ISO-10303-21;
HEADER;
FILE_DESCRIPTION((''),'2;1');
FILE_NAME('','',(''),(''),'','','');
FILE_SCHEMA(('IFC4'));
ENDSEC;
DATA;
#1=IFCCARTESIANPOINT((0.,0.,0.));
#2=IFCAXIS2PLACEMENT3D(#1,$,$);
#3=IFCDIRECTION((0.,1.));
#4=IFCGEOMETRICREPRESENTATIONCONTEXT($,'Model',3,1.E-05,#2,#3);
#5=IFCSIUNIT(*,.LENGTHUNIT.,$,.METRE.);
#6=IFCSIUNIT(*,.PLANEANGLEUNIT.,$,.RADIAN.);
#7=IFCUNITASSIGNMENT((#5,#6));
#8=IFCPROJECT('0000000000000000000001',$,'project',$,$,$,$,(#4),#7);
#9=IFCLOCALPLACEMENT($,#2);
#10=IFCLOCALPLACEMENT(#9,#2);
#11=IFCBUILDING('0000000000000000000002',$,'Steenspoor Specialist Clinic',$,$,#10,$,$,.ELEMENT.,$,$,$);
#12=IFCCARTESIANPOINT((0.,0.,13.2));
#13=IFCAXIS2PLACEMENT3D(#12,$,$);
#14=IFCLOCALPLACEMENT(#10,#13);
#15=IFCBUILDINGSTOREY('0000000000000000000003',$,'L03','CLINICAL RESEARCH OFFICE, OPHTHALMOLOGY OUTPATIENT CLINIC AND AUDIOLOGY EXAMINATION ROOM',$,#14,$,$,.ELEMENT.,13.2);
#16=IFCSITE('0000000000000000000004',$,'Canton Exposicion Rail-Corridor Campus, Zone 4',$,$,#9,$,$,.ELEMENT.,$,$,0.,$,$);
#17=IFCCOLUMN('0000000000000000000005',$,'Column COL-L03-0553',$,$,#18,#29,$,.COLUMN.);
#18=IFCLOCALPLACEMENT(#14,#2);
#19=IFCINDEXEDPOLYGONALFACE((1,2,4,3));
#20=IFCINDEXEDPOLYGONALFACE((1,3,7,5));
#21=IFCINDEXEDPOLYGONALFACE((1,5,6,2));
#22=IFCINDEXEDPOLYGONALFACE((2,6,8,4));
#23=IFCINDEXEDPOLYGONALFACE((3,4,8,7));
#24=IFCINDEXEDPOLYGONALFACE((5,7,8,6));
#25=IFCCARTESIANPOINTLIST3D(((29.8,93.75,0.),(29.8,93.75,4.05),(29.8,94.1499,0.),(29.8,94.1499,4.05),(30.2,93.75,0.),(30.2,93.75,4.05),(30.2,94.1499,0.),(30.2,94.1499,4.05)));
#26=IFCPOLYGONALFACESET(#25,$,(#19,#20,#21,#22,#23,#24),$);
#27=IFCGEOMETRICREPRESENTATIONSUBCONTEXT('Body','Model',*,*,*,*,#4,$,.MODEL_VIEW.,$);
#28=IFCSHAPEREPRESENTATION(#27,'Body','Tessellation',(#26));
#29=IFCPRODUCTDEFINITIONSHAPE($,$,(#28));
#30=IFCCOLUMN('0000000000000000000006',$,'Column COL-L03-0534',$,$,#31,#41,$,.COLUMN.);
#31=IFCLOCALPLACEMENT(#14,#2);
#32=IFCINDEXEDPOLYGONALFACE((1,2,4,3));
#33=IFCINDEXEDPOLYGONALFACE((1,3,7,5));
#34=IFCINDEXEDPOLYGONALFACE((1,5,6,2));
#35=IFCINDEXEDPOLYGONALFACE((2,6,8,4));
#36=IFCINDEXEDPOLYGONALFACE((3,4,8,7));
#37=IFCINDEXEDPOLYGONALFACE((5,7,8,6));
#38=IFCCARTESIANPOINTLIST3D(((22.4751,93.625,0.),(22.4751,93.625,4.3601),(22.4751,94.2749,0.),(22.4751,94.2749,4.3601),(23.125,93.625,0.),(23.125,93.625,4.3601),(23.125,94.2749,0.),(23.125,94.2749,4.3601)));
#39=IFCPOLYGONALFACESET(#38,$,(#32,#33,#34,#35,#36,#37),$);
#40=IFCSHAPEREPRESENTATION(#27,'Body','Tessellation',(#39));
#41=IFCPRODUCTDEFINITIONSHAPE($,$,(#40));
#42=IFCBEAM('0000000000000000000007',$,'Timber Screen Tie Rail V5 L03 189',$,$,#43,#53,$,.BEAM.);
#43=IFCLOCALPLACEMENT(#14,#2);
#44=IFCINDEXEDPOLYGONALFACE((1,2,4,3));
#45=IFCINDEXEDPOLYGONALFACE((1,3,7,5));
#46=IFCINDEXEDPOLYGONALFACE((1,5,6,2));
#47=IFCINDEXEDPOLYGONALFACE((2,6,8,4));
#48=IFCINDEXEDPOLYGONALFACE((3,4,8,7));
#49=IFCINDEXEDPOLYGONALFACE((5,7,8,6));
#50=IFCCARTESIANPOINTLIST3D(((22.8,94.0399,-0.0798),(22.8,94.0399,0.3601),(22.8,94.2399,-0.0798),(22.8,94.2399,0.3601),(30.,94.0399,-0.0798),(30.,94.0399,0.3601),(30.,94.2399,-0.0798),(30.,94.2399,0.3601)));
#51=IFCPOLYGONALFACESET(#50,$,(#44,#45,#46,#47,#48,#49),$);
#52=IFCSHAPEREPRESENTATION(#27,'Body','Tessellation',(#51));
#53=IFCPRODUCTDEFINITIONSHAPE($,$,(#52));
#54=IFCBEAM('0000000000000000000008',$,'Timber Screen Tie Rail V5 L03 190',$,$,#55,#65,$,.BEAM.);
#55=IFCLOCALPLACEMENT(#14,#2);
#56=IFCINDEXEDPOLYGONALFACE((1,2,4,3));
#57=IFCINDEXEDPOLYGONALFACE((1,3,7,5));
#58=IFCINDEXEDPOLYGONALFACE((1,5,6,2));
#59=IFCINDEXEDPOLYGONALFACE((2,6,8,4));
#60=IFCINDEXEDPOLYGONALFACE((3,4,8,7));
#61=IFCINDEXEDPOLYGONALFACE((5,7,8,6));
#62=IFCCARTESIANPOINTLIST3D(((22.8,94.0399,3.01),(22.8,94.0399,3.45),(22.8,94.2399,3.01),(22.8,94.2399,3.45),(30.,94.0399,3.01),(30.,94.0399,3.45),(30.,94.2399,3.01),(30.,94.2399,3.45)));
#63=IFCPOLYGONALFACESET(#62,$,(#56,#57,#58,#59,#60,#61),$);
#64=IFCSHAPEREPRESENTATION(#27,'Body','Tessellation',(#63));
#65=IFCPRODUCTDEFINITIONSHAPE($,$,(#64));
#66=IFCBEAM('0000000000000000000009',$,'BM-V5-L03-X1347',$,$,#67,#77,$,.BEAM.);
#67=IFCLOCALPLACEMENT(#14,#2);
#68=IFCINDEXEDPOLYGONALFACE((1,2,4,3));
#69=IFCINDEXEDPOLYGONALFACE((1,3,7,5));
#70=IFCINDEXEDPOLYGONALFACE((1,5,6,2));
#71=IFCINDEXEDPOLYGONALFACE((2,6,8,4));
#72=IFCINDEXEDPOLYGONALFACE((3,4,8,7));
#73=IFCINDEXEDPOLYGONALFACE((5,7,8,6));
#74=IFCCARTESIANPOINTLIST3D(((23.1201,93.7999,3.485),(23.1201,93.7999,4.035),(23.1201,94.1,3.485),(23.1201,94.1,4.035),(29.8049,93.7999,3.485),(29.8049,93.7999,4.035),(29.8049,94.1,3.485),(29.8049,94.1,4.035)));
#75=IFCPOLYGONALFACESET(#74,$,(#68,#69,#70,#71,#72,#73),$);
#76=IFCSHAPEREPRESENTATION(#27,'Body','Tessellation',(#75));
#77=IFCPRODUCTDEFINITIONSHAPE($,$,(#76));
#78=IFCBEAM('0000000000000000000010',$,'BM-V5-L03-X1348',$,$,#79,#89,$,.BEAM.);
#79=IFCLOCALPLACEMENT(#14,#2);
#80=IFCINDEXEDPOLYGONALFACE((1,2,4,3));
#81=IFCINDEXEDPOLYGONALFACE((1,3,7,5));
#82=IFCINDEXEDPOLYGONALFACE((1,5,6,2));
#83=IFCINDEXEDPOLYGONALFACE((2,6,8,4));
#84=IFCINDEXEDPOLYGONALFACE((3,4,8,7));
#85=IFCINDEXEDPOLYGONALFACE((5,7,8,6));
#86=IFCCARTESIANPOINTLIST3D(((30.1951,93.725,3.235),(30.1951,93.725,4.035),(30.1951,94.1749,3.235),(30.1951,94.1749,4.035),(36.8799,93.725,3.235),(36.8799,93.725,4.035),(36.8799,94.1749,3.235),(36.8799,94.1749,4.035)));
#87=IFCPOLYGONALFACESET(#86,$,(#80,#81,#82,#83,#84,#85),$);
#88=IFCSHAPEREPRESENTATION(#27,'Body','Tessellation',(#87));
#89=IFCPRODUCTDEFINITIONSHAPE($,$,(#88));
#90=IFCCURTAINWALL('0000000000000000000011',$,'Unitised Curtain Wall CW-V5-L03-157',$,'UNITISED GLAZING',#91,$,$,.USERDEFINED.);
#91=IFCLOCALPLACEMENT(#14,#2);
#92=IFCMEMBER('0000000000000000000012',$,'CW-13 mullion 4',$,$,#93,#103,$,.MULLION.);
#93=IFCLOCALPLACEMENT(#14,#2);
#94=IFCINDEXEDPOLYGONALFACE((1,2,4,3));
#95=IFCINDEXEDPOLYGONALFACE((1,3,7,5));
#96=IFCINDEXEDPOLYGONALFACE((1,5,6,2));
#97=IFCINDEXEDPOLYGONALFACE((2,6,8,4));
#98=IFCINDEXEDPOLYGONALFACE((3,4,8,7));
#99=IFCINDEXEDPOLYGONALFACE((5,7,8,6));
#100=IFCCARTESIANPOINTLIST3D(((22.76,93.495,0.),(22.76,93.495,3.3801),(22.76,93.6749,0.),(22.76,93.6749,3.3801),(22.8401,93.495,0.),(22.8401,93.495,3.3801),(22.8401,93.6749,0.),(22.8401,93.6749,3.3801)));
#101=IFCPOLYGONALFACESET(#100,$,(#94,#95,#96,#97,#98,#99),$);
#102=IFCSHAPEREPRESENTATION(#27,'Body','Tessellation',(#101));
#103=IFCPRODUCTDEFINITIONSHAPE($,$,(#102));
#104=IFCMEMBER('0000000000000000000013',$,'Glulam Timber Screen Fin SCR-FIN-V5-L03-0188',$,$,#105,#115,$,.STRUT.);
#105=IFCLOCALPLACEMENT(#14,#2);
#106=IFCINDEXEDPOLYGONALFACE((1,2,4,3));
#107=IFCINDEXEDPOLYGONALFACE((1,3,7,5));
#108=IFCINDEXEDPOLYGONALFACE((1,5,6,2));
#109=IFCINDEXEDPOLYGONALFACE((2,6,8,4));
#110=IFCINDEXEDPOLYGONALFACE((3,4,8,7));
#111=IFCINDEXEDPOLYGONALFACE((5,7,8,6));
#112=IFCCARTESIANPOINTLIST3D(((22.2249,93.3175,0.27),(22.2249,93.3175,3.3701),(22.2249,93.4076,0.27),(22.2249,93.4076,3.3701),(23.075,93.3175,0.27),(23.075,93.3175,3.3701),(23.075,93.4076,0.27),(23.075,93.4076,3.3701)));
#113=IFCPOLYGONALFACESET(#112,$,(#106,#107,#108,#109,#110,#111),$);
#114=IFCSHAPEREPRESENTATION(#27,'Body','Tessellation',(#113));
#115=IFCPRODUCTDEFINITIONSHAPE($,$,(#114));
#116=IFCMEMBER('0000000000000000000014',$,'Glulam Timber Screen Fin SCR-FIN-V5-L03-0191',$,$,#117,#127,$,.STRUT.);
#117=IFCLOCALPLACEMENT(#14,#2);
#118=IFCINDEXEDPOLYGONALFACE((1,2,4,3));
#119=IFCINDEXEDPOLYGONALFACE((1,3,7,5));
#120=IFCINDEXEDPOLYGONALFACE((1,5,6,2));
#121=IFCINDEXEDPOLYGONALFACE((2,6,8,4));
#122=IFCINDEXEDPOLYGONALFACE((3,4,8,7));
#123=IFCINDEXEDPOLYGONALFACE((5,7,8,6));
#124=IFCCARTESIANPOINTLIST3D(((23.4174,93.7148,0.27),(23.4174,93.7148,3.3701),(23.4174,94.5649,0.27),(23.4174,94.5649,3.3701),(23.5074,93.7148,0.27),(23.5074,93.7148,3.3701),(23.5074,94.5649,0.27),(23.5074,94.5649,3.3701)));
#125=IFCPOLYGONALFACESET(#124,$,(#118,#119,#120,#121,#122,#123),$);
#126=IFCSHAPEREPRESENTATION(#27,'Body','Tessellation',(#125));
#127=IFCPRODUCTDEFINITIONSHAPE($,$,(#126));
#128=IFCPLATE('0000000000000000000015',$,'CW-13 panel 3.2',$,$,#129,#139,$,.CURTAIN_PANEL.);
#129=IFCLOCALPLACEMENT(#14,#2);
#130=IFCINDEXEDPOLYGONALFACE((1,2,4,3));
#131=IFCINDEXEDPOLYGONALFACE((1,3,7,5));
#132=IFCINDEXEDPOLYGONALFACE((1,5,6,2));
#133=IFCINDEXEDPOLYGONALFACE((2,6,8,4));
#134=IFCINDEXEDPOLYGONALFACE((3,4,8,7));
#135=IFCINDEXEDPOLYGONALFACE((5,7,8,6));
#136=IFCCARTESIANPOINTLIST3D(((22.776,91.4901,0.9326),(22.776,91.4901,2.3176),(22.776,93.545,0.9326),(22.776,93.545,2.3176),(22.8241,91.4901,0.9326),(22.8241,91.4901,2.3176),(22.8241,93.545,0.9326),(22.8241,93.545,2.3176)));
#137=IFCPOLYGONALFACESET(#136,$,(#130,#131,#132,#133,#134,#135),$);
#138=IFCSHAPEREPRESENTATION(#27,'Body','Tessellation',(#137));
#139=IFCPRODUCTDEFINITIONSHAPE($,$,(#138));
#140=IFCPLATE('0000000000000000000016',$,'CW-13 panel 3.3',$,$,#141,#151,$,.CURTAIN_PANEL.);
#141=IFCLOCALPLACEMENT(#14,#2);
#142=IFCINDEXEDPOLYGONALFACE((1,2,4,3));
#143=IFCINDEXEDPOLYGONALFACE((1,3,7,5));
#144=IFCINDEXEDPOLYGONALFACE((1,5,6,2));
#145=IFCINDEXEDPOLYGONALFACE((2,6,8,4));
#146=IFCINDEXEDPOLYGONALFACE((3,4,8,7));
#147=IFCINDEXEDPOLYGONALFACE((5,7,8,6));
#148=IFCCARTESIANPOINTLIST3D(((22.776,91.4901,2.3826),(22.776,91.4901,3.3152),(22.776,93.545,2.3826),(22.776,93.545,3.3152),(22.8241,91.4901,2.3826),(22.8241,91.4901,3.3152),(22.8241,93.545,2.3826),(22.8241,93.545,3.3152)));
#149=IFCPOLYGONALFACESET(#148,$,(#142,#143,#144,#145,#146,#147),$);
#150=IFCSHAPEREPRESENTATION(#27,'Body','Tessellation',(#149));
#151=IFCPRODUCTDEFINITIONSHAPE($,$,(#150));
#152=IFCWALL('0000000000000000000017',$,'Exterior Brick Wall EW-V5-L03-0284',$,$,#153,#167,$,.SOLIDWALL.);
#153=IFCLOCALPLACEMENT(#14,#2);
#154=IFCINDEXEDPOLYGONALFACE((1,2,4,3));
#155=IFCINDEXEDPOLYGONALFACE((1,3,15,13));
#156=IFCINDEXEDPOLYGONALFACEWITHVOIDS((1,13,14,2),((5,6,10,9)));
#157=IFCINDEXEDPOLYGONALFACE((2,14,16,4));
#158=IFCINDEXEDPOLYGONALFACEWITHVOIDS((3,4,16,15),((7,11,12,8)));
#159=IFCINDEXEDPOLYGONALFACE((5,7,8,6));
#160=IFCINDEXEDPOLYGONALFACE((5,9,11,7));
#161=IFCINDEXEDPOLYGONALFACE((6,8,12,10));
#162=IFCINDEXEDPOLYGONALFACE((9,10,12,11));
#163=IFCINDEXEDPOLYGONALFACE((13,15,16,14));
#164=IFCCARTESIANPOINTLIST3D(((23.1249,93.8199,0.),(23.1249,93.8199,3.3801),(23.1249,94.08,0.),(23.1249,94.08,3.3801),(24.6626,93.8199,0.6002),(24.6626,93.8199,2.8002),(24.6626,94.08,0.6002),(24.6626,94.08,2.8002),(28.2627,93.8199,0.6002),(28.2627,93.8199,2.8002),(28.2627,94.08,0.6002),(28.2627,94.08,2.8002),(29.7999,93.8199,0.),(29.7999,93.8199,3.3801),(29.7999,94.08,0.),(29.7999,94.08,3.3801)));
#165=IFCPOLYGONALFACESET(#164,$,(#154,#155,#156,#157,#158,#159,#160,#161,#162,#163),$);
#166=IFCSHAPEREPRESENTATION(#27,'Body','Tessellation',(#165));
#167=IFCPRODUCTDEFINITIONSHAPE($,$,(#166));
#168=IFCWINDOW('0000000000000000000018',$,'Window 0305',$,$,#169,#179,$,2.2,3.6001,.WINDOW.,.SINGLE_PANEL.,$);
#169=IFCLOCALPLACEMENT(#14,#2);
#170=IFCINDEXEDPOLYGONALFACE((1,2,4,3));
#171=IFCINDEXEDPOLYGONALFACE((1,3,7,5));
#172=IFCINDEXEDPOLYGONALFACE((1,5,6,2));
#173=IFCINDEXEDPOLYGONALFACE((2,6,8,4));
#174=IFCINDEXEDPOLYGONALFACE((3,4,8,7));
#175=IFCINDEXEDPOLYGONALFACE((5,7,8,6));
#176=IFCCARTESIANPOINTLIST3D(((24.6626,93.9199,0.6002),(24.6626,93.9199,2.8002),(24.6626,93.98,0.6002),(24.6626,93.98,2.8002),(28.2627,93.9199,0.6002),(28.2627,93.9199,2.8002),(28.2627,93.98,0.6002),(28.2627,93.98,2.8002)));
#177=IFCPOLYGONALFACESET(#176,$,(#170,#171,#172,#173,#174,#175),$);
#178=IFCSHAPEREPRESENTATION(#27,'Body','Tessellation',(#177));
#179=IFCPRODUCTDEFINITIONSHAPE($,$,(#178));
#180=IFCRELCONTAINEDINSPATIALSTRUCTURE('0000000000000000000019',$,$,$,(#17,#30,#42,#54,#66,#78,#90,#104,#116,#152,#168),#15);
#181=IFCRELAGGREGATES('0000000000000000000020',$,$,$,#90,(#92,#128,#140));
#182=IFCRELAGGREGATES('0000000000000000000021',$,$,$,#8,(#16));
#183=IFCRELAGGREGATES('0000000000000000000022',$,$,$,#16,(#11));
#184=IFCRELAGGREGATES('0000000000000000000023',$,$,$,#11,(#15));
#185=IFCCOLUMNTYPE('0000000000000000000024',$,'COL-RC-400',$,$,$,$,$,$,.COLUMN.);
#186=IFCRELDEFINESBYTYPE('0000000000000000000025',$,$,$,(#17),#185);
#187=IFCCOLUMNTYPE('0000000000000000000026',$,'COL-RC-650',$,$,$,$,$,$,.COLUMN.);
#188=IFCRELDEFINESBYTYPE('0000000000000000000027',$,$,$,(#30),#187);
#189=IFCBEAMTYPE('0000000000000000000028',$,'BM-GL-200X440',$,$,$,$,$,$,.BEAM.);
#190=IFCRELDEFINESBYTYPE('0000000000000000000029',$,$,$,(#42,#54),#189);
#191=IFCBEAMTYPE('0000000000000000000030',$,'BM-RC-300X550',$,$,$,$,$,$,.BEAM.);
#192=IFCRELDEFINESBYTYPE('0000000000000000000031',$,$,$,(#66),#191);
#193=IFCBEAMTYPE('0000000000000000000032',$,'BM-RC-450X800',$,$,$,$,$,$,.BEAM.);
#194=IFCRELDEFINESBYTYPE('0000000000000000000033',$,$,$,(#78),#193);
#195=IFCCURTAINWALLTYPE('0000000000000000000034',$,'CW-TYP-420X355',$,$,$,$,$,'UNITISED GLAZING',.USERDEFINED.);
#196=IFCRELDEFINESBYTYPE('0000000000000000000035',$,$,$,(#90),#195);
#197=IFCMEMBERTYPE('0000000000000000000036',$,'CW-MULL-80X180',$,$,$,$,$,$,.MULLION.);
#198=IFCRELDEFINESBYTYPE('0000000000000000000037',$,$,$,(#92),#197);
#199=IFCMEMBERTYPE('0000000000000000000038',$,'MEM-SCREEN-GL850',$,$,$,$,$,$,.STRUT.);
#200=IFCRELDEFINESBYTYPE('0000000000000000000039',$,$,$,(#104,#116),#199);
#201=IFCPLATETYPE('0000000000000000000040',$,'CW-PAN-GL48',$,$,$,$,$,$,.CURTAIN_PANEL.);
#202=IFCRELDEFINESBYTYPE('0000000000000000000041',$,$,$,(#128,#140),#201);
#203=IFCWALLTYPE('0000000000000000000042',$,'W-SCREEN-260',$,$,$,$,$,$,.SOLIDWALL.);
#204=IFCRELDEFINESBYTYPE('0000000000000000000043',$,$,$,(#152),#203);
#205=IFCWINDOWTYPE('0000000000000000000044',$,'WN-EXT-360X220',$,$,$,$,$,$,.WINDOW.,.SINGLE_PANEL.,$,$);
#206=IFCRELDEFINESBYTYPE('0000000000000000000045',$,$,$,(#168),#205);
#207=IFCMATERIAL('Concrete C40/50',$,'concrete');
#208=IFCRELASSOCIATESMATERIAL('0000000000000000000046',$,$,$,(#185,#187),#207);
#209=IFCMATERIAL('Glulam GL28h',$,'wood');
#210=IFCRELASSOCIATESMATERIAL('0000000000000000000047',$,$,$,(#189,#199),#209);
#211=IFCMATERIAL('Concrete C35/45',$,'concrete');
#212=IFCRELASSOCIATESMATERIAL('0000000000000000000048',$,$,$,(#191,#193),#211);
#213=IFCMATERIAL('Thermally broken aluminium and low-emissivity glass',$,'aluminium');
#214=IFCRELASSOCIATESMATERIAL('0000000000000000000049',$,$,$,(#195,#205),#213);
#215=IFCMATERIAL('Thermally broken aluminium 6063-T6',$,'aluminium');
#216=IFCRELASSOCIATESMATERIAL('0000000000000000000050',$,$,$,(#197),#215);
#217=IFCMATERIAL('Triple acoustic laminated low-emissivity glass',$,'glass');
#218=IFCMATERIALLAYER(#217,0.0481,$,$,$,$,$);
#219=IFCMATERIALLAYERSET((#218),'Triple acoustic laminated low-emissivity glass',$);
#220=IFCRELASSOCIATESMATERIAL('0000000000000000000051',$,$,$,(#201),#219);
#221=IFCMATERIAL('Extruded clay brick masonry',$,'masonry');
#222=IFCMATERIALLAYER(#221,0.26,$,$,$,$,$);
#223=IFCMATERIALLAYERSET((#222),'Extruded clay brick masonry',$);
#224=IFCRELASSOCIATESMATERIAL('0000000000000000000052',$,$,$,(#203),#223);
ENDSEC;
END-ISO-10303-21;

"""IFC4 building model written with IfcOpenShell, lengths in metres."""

from ifc_helpers import new_model, si_unit, direction, frame, frame_2d, origin, origin_2d, place, context, subcontext, project, spatial, rectangle, extrude, material, layer, layer_set, material_profile, profile_set, type_object, element, fill, aggregate, save


model = new_model("IFC4")

# Units and contexts
model_context = context("Model", 3, precision=1e-05, world=origin(), true_north=direction((0.0, 1.0)))
body_context = subcontext(model_context, "Body", "Model", "MODEL_VIEW")
ifc_project = project(units=[si_unit("LENGTHUNIT", "METRE"), si_unit("PLANEANGLEUNIT", "RADIAN")], contexts=[model_context])

# Site, building, storey
site_placement = place(None, origin())
site = spatial("IfcSite", under=ifc_project, at=site_placement, Name="Canton Exposicion Rail-Corridor Campus, Zone 4", CompositionType="ELEMENT", RefElevation=0.0)
building_placement = place(site_placement, origin())
building = spatial("IfcBuilding", under=site, at=building_placement, Name="Steenspoor Specialist Clinic", CompositionType="ELEMENT")
storey_placement = place(building_placement, frame((0.0, 0.0, 13.2)))
storey = spatial("IfcBuildingStorey", under=building, at=storey_placement, Name="L03", Description="CLINICAL RESEARCH OFFICE, OPHTHALMOLOGY OUTPATIENT CLINIC AND AUDIOLOGY EXAMINATION ROOM", CompositionType="ELEMENT", Elevation=13.2)

# Columns
ifc_material_1 = material(Name="Concrete C40/50", Category="concrete")
ifc_material_profile_1 = material_profile(ifc_material_1, rectangle(XDim=0.3999, YDim=0.3999, at=origin_2d()), Name="RC-COL-400X400")
ifc_profile_set_1 = profile_set([ifc_material_profile_1], Name="Concrete C40/50")
column_type_1 = type_object("IfcColumnType", Name="COL-RC-400", PredefinedType="COLUMN", material=ifc_profile_set_1)
column_1_placement = place(storey_placement, frame((30.0, 93.95, 0.0), z_axis=(0.0, 0.0, 1.0), x_axis=(1.0, 0.0, 0.0)))
element("IfcColumn", 1, at=column_1_placement, inside=storey, type_object=column_type_1, Name="Column COL-L03-0553", PredefinedType="COLUMN", context=body_context, shape_type="SweptSolid", body=[
    extrude(rectangle(XDim=0.3999, YDim=0.3999, at=origin_2d()), origin(), (0.0, 0.0, 1.0), 4.05),
])
ifc_material_profile_2 = material_profile(ifc_material_1, rectangle(XDim=0.6499, YDim=0.6499, at=origin_2d()), Name="RC-COL-650X650")
ifc_profile_set_2 = profile_set([ifc_material_profile_2], Name="Concrete C40/50")
column_type_2 = type_object("IfcColumnType", Name="COL-RC-650", PredefinedType="COLUMN", material=ifc_profile_set_2)
column_2_placement = place(storey_placement, frame((22.8, 93.95, 0.0), z_axis=(0.0, 0.0, 1.0), x_axis=(1.0, 0.0, 0.0)))
element("IfcColumn", 2, at=column_2_placement, inside=storey, type_object=column_type_2, Name="Column COL-L03-0534", PredefinedType="COLUMN", context=body_context, shape_type="SweptSolid", body=[
    extrude(rectangle(XDim=0.6499, YDim=0.6499, at=origin_2d()), origin(), (0.0, 0.0, 1.0), 4.3601),
])

# Beams
ifc_material_2 = material(Name="Glulam GL28h", Category="wood")
ifc_material_profile_3 = material_profile(ifc_material_2, rectangle(XDim=0.2, YDim=0.4399, at=origin_2d()), Name="GL28H-200X440")
ifc_profile_set_3 = profile_set([ifc_material_profile_3], Name="Glulam GL28h")
beam_type_1 = type_object("IfcBeamType", Name="BM-GL-200X440", PredefinedType="BEAM", material=ifc_profile_set_3)
for number, where, z_axis, x_axis, name in (
    (3, (22.8, 94.1399, 0.1401), (1.0, 0.0, 0.0), (0.0, 1.0, 0.0), "Timber Screen Tie Rail V5 L03 189"),
    (4, (22.8, 94.1399, 3.23), (1.0, 0.0, 0.0), (0.0, 1.0, 0.0), "Timber Screen Tie Rail V5 L03 190"),
):
    element("IfcBeam", number, at=place(storey_placement, frame(where, z_axis=z_axis, x_axis=x_axis)), inside=storey, type_object=beam_type_1, Name=name, PredefinedType="BEAM", context=body_context, shape_type="SweptSolid", body=[
        extrude(rectangle(XDim=0.2, YDim=0.4399, at=origin_2d()), origin(), (0.0, 0.0, 1.0), 7.2),
    ])
ifc_material_3 = material(Name="Concrete C35/45", Category="concrete")
ifc_material_profile_4 = material_profile(ifc_material_3, rectangle(XDim=0.3, YDim=0.55, at=origin_2d()), Name="RC-BM-300X550")
ifc_profile_set_4 = profile_set([ifc_material_profile_4], Name="Concrete C35/45")
beam_type_2 = type_object("IfcBeamType", Name="BM-RC-300X550", PredefinedType="BEAM", material=ifc_profile_set_4)
beam_1_placement = place(storey_placement, frame((23.1201, 93.95, 3.76), z_axis=(1.0, 0.0, 0.0), x_axis=(0.0, 1.0, 0.0)))
element("IfcBeam", 5, at=beam_1_placement, inside=storey, type_object=beam_type_2, Name="BM-V5-L03-X1347", PredefinedType="BEAM", context=body_context, shape_type="SweptSolid", body=[
    extrude(rectangle(XDim=0.3, YDim=0.55, at=origin_2d()), origin(), (0.0, 0.0, 1.0), 6.6848),
])
ifc_material_profile_5 = material_profile(ifc_material_3, rectangle(XDim=0.45, YDim=0.8, at=origin_2d()), Name="RC-BM-450X800")
ifc_profile_set_5 = profile_set([ifc_material_profile_5], Name="Concrete C35/45")
beam_type_3 = type_object("IfcBeamType", Name="BM-RC-450X800", PredefinedType="BEAM", material=ifc_profile_set_5)
beam_2_placement = place(storey_placement, frame((30.1951, 93.95, 3.635), z_axis=(1.0, 0.0, 0.0), x_axis=(0.0, 1.0, 0.0)))
element("IfcBeam", 6, at=beam_2_placement, inside=storey, type_object=beam_type_3, Name="BM-V5-L03-X1348", PredefinedType="BEAM", context=body_context, shape_type="SweptSolid", body=[
    extrude(rectangle(XDim=0.45, YDim=0.8, at=origin_2d()), origin(), (0.0, 0.0, 1.0), 6.6848),
])

# Curtain wall, member
ifc_material_4 = material(Name="Thermally broken aluminium and low-emissivity glass", Category="aluminium")
curtain_wall_type = type_object("IfcCurtainWallType", Name="CW-TYP-420X355", ElementType="UNITISED GLAZING", PredefinedType="USERDEFINED", material=ifc_material_4)
curtain_wall_placement = place(storey_placement, origin())
curtain_wall = element("IfcCurtainWall", 7, at=curtain_wall_placement, inside=storey, type_object=curtain_wall_type, Name="Unitised Curtain Wall CW-V5-L03-157", ObjectType="UNITISED GLAZING", PredefinedType="USERDEFINED")
ifc_material_5 = material(Name="Thermally broken aluminium 6063-T6", Category="aluminium")
ifc_material_profile_6 = material_profile(ifc_material_5, rectangle(XDim=0.0801, YDim=0.1799, at=origin_2d()), Name="CWM-80X180")
ifc_profile_set_6 = profile_set([ifc_material_profile_6], Name="Thermally broken aluminium 6063-T6")
member_type_1 = type_object("IfcMemberType", Name="CW-MULL-80X180", PredefinedType="MULLION", material=ifc_profile_set_6)
member_placement = place(storey_placement, frame((22.8, 93.585, 0.0), z_axis=(0.0, 0.0, 1.0), x_axis=(-1.0, 0.0, 0.0)))
member = element("IfcMember", 8, at=member_placement, type_object=member_type_1, Name="CW-13 mullion 4", PredefinedType="MULLION", context=body_context, shape_type="SweptSolid", body=[
    extrude(rectangle(XDim=0.0801, YDim=0.1799, at=origin_2d()), origin(), (0.0, 0.0, 1.0), 3.3801),
])

# Members
ifc_material_profile_7 = material_profile(ifc_material_2, rectangle(XDim=0.0901, YDim=0.8501, at=origin_2d()), Name="GL28H-90X850")
ifc_profile_set_7 = profile_set([ifc_material_profile_7], Name="Glulam GL28h")
member_type_2 = type_object("IfcMemberType", Name="MEM-SCREEN-GL850", PredefinedType="STRUT", material=ifc_profile_set_7)
for number, where, z_axis, x_axis, name in (
    (9, (22.6499, 93.3625, 0.27), (0.0, 0.0, 1.0), (0.0, 1.0, 0.0), "Glulam Timber Screen Fin SCR-FIN-V5-L03-0188"),
    (10, (23.4624, 94.1399, 0.27), (0.0, 0.0, 1.0), (1.0, 0.0, 0.0), "Glulam Timber Screen Fin SCR-FIN-V5-L03-0191"),
):
    element("IfcMember", number, at=place(storey_placement, frame(where, z_axis=z_axis, x_axis=x_axis)), inside=storey, type_object=member_type_2, Name=name, PredefinedType="STRUT", context=body_context, shape_type="SweptSolid", body=[
        extrude(rectangle(XDim=0.0901, YDim=0.8501, at=origin_2d()), origin(), (0.0, 0.0, 1.0), 3.1001),
    ])

# Plates
ifc_material_6 = material(Name="Triple acoustic laminated low-emissivity glass", Category="glass")
ifc_layer_1 = layer(ifc_material_6, 0.0481)
ifc_layer_set_1 = layer_set([ifc_layer_1], Name="Triple acoustic laminated low-emissivity glass")
plate_type = type_object("IfcPlateType", Name="CW-PAN-GL48", PredefinedType="CURTAIN_PANEL", material=ifc_layer_set_1)
plate_1_placement = place(storey_placement, frame((22.8, 92.5176, 0.9326), z_axis=(0.0, 0.0, 1.0), x_axis=(0.0, 1.0, 0.0)))
plate_1 = element("IfcPlate", 11, at=plate_1_placement, type_object=plate_type, Name="CW-13 panel 3.2", PredefinedType="CURTAIN_PANEL", context=body_context, shape_type="SweptSolid", body=[
    extrude(rectangle(XDim=2.0549, YDim=0.0481, at=origin_2d()), origin(), (0.0, 0.0, 1.0), 1.385),
])
plate_2_placement = place(storey_placement, frame((22.8, 92.5176, 2.3826), z_axis=(0.0, 0.0, 1.0), x_axis=(0.0, 1.0, 0.0)))
plate_2 = element("IfcPlate", 12, at=plate_2_placement, type_object=plate_type, Name="CW-13 panel 3.3", PredefinedType="CURTAIN_PANEL", context=body_context, shape_type="SweptSolid", body=[
    extrude(rectangle(XDim=2.0549, YDim=0.0481, at=origin_2d()), origin(), (0.0, 0.0, 1.0), 0.9326),
])
aggregate(curtain_wall, [member, plate_1, plate_2])

# Wall, opening, window
ifc_material_7 = material(Name="Extruded clay brick masonry", Category="masonry")
ifc_layer_2 = layer(ifc_material_7, 0.26)
ifc_layer_set_2 = layer_set([ifc_layer_2], Name="Extruded clay brick masonry")
wall_type = type_object("IfcWallType", Name="W-SCREEN-260", PredefinedType="SOLIDWALL", material=ifc_layer_set_2)
wall_placement = place(storey_placement, frame((23.125, 93.95, 0.0), z_axis=(0.0, 0.0, 1.0), x_axis=(1.0, 0.0, 0.0)))
wall = element("IfcWall", 13, at=wall_placement, inside=storey, type_object=wall_type, Name="Exterior Brick Wall EW-V5-L03-0284", PredefinedType="SOLIDWALL", context=body_context, shape_type="SweptSolid", body=[
    extrude(rectangle(XDim=6.675, YDim=0.26, at=frame_2d((3.3374, 0.0))), origin(), (0.0, 0.0, 1.0), 3.3801),
])
opening_placement = place(wall_placement, frame((1.5376, 0.0, 0.6001)))
opening = element("IfcOpeningElement", 14, at=opening_placement, cuts=wall, PredefinedType="OPENING", context=body_context, shape_type="SweptSolid", body=[
    extrude(rectangle(XDim=3.6001, YDim=2.2, at=frame_2d((1.8, 1.1001))), frame((0.0, 0.1401, 0.0), z_axis=(0.0, -1.0, 0.0), x_axis=(1.0, 0.0, 0.0)), (0.0, 0.0, 1.0), 0.28),
])
window_type = type_object("IfcWindowType", Name="WN-EXT-360X220", PartitioningType="SINGLE_PANEL", PredefinedType="WINDOW", material=ifc_material_4)
window_placement = place(opening_placement, origin())
window = element("IfcWindow", 15, at=window_placement, inside=storey, type_object=window_type, Name="Window 0305", OverallHeight=2.2, OverallWidth=3.6001, PartitioningType="SINGLE_PANEL", PredefinedType="WINDOW", context=body_context, shape_type="SweptSolid", body=[
    extrude(rectangle(XDim=3.6001, YDim=2.2, at=frame_2d((1.8, 1.1001))), frame((0.0, 0.03, 0.0), z_axis=(0.0, -1.0, 0.0), x_axis=(1.0, 0.0, 0.0)), (0.0, 0.0, 1.0), 0.0601),
])
fill(opening, window)

save(model, "model.ifc")
